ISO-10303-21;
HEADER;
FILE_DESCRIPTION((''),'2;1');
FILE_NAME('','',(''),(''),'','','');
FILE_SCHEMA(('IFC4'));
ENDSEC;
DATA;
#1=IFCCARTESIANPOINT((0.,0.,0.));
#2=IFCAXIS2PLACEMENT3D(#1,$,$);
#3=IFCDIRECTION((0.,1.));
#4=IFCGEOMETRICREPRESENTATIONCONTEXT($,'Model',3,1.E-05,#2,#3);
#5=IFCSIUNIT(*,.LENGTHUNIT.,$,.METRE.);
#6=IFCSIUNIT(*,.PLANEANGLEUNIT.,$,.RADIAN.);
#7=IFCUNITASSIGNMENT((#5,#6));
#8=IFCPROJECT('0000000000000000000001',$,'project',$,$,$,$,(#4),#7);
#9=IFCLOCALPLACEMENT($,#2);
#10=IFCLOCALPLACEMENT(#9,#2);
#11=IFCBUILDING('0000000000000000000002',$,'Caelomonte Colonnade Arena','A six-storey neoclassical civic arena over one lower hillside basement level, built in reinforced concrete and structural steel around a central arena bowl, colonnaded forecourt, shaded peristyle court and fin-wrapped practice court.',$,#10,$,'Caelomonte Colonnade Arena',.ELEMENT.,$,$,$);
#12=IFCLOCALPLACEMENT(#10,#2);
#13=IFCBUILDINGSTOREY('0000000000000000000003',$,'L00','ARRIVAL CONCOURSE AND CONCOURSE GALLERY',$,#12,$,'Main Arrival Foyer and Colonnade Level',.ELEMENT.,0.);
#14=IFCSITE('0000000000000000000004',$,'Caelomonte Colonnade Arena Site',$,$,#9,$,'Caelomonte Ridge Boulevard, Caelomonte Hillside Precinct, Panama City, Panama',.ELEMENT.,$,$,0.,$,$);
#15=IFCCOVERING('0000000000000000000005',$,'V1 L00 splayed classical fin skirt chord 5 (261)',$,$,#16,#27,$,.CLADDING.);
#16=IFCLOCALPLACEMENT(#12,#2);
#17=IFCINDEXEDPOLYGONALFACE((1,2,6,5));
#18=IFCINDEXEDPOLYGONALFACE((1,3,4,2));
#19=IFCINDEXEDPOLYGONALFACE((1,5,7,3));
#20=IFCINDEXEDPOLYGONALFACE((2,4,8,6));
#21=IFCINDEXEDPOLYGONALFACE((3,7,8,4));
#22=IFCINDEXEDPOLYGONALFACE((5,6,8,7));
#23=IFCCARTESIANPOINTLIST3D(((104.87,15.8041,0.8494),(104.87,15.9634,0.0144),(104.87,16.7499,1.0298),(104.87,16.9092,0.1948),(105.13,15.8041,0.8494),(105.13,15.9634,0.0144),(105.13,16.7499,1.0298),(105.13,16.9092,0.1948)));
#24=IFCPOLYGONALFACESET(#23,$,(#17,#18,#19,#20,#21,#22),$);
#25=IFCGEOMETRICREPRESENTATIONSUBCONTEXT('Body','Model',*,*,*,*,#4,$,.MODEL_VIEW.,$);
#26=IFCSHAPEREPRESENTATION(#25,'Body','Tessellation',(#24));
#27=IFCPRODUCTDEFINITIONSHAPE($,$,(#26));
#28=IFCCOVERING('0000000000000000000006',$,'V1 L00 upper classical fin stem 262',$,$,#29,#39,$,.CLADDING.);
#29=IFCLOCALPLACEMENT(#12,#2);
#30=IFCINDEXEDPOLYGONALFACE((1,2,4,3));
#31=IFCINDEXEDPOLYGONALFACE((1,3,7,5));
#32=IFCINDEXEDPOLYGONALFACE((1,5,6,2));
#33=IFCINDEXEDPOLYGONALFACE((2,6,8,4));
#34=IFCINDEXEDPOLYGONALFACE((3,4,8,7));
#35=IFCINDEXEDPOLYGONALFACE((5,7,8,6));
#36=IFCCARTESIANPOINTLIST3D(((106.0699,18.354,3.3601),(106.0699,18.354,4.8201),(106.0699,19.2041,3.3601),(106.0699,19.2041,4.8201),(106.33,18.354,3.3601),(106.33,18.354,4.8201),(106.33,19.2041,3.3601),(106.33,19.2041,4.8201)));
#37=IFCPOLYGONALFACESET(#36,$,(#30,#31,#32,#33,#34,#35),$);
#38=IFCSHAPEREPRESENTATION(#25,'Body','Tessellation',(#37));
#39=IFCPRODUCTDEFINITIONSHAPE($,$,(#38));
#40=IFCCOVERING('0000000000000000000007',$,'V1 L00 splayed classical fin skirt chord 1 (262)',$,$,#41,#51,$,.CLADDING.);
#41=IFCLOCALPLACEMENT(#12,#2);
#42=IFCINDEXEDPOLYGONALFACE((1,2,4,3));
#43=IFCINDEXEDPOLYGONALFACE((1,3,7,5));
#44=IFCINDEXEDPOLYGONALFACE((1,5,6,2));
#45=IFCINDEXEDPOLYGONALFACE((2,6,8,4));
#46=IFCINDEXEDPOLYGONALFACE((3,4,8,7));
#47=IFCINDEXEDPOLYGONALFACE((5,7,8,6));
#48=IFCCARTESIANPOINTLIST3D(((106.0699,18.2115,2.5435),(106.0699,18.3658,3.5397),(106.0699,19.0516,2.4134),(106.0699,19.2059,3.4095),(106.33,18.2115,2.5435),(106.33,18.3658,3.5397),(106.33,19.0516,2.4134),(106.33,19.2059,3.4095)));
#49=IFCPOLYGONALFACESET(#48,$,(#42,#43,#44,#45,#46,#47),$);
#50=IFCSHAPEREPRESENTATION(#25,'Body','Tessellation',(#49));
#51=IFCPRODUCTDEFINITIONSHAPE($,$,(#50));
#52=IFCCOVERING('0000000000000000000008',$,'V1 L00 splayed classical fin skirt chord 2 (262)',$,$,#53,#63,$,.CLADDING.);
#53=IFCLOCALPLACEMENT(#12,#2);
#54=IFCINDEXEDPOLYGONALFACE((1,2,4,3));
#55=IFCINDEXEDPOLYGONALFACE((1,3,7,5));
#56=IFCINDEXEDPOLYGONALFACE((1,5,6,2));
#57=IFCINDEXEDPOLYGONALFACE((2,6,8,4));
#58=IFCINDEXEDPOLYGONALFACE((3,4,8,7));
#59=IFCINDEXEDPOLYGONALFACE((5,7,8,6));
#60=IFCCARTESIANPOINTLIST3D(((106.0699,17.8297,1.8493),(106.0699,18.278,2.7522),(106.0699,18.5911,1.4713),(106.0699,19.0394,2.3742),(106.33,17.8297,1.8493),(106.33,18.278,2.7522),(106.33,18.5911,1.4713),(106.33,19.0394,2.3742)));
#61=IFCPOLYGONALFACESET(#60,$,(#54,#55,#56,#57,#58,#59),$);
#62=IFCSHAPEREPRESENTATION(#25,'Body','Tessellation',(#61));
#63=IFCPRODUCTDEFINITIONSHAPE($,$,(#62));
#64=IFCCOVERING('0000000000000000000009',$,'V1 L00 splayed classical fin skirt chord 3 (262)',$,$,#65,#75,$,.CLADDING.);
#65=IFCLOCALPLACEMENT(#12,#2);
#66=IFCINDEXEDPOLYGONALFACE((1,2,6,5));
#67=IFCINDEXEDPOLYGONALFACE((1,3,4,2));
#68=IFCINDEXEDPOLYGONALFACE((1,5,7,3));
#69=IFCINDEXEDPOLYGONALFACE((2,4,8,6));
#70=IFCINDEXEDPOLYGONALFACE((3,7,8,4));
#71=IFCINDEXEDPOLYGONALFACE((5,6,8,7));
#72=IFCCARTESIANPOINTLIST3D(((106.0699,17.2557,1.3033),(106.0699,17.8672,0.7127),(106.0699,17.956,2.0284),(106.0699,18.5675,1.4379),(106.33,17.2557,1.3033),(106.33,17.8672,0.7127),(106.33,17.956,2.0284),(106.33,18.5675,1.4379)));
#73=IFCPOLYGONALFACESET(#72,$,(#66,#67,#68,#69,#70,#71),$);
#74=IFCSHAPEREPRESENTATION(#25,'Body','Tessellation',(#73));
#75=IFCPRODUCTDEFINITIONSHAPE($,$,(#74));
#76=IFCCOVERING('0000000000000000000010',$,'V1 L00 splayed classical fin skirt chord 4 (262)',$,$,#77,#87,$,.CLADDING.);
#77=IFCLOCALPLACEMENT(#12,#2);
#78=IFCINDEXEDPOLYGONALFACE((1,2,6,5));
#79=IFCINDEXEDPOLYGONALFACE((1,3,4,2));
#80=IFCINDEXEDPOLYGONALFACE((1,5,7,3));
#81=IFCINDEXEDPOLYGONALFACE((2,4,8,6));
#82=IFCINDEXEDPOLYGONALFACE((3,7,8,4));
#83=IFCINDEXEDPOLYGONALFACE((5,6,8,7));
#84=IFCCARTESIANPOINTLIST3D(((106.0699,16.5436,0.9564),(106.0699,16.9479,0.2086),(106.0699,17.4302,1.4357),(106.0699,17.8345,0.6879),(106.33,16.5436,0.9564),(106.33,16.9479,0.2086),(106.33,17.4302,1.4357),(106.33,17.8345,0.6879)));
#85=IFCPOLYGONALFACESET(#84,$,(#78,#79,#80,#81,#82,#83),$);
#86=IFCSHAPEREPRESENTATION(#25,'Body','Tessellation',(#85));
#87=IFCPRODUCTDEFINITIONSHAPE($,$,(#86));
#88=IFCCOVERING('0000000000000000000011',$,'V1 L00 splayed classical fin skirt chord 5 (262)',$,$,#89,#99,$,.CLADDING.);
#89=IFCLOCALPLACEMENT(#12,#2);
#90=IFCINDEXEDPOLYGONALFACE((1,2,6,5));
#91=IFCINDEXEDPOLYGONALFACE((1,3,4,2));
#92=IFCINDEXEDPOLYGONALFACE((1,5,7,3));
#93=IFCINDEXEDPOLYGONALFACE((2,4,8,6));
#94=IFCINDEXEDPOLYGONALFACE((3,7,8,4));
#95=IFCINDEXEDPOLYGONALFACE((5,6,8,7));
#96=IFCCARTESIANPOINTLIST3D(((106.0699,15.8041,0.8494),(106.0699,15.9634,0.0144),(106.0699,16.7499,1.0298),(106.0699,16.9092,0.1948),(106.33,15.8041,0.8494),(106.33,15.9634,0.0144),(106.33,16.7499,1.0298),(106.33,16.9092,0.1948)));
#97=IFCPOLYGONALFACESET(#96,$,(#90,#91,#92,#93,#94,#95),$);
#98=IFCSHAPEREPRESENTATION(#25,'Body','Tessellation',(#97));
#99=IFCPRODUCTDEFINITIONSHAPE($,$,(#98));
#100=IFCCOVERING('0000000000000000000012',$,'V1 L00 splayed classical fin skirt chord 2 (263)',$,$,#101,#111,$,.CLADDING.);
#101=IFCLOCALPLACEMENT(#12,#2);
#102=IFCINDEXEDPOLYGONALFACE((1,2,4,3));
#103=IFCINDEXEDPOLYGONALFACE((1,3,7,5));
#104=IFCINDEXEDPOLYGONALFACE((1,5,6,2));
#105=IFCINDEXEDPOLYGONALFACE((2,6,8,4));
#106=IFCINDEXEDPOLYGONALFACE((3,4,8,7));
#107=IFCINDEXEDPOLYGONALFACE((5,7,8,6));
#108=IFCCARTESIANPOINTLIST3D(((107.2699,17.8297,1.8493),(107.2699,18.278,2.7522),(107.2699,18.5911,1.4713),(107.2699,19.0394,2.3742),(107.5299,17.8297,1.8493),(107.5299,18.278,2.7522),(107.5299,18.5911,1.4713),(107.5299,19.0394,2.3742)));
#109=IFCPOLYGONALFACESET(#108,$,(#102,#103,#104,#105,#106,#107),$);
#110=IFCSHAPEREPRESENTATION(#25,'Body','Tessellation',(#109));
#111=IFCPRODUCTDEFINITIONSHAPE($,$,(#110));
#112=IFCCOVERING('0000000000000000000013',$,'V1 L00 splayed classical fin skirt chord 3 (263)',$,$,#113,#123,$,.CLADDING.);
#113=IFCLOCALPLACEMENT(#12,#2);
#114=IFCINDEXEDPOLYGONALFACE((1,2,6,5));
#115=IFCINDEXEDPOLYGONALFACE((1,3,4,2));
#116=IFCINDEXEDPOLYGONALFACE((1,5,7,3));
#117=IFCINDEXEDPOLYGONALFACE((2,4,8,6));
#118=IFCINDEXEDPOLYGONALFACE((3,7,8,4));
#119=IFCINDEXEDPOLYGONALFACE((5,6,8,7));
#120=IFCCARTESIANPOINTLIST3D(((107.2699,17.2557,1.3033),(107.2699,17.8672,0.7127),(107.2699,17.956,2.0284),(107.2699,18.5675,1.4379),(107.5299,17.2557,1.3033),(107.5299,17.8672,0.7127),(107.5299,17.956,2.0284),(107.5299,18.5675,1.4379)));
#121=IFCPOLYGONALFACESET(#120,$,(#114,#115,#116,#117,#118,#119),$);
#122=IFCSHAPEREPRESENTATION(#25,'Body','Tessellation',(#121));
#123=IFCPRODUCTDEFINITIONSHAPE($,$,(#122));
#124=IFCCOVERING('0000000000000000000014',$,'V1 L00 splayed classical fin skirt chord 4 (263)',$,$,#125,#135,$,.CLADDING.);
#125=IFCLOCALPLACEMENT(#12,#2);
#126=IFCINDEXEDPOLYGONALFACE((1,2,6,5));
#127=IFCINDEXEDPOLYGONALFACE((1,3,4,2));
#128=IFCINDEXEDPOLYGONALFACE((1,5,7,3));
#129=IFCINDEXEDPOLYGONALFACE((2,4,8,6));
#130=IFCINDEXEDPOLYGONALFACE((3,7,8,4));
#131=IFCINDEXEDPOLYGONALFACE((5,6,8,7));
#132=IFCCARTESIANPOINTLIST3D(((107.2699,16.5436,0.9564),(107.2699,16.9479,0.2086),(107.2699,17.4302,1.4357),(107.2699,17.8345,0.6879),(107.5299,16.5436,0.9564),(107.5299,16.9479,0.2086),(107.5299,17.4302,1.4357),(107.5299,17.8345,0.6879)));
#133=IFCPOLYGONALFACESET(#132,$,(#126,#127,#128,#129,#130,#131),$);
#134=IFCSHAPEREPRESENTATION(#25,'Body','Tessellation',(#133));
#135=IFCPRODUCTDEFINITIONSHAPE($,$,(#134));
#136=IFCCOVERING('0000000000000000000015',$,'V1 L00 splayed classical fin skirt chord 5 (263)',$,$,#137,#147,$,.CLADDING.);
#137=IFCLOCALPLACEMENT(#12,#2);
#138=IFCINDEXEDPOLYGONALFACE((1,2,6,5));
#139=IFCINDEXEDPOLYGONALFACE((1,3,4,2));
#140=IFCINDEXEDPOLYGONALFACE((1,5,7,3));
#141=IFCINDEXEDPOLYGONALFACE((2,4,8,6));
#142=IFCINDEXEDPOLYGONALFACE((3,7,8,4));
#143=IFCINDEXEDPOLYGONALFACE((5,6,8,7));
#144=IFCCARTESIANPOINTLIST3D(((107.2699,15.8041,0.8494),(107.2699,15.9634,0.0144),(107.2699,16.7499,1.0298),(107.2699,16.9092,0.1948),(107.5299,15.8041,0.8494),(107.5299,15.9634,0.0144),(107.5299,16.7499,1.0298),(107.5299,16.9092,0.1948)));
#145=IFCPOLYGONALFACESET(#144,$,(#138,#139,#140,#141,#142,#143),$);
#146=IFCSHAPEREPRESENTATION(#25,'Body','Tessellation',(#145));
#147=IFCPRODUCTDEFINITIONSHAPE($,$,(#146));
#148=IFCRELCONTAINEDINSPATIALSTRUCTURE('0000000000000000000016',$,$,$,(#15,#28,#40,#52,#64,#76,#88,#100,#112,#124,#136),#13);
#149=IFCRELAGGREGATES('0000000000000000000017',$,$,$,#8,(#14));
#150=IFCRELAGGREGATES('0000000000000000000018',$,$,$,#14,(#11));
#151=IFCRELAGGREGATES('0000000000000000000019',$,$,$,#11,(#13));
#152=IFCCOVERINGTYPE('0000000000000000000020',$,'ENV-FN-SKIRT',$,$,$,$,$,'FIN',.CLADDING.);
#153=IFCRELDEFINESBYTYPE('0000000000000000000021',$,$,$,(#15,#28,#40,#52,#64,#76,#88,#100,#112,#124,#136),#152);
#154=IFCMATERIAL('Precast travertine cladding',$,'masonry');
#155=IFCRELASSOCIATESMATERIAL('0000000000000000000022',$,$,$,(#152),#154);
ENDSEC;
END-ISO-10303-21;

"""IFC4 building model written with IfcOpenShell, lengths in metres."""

from ifc_helpers import new_model, si_unit, direction, frame, origin, origin_2d, place, context, subcontext, project, spatial, rectangle, extrude, material, material_profile, profile_set, type_object, element, save


model = new_model("IFC4")

# Units and contexts
model_context = context("Model", 3, precision=1e-05, world=origin(), true_north=direction((0.0, 1.0)))
body_context = subcontext(model_context, "Body", "Model", "MODEL_VIEW")
ifc_project = project(units=[si_unit("LENGTHUNIT", "METRE"), si_unit("PLANEANGLEUNIT", "RADIAN")], contexts=[model_context])

# Site, building, storey
site_placement = place(None, origin())
site = spatial("IfcSite", under=ifc_project, at=site_placement, Name="Caelomonte Colonnade Arena Site", LongName="Caelomonte Ridge Boulevard, Caelomonte Hillside Precinct, Panama City, Panama", CompositionType="ELEMENT", RefElevation=0.0)
building_placement = place(site_placement, origin())
building = spatial("IfcBuilding", under=site, at=building_placement, Name="Caelomonte Colonnade Arena", Description="A six-storey neoclassical civic arena over one lower hillside basement level, built in reinforced concrete and structural steel around a central arena bowl, colonnaded forecourt, shaded peristyle court and fin-wrapped practice court.", LongName="Caelomonte Colonnade Arena", CompositionType="ELEMENT")
storey_placement = place(building_placement, origin())
storey = spatial("IfcBuildingStorey", under=building, at=storey_placement, Name="L00", Description="ARRIVAL CONCOURSE AND CONCOURSE GALLERY", LongName="Main Arrival Foyer and Colonnade Level", CompositionType="ELEMENT", Elevation=0.0)

# Coverings
ifc_material = material(Name="Precast travertine cladding", Category="masonry")
ifc_material_profile = material_profile(ifc_material, rectangle(XDim=0.26, YDim=0.8501, at=origin_2d()), Name="FIN260X850")
ifc_profile_set = profile_set([ifc_material_profile], Name="Precast travertine cladding")
covering_type = type_object("IfcCoveringType", Name="ENV-FN-SKIRT", ElementType="FIN", PredefinedType="CLADDING", material=ifc_profile_set)
covering_1_placement = place(storey_placement, frame((105.0, 16.8296, 0.6123), z_axis=(0.0, -0.982287, -0.18738), x_axis=(-1.0, 0.0, 0.0)))
element("IfcCovering", 1, at=covering_1_placement, inside=storey, type_object=covering_type, Name="V1 L00 splayed classical fin skirt chord 5 (261)", PredefinedType="CLADDING", context=body_context, shape_type="SweptSolid", body=[
    extrude(rectangle(XDim=0.26, YDim=0.8501, at=origin_2d()), origin(), (0.0, 0.0, 1.0), 0.9629),
])
covering_2_placement = place(storey_placement, frame((106.2, 18.7791, 3.3601), z_axis=(0.0, 0.0, 1.0), x_axis=(-1.0, 0.0, 0.0)))
element("IfcCovering", 2, at=covering_2_placement, inside=storey, type_object=covering_type, Name="V1 L00 upper classical fin stem 262", PredefinedType="CLADDING", context=body_context, shape_type="SweptSolid", body=[
    extrude(rectangle(XDim=0.26, YDim=0.8501, at=origin_2d()), origin(), (0.0, 0.0, 1.0), 1.46),
])
for number, where, z_axis, x_axis, name in (
    (3, (106.2, 18.7859, 3.4746), (0.0, -0.153076, -0.988214), (-1.0, 0.0, 0.0), "V1 L00 splayed classical fin skirt chord 1 (262)"),
    (4, (106.2, 18.6587, 2.5632), (0.0, -0.444693, -0.895683), (-1.0, 0.0, 0.0), "V1 L00 splayed classical fin skirt chord 2 (262)"),
    (5, (106.2, 18.2617, 1.7332), (0.0, -0.694646, -0.719351), (-1.0, 0.0, 0.0), "V1 L00 splayed classical fin skirt chord 3 (262)"),
):
    element("IfcCovering", number, at=place(storey_placement, frame(where, z_axis=z_axis, x_axis=x_axis)), inside=storey, type_object=covering_type, Name=name, PredefinedType="CLADDING", context=body_context, shape_type="SweptSolid", body=[
        extrude(rectangle(XDim=0.26, YDim=0.8501, at=origin_2d()), origin(), (0.0, 0.0, 1.0), 1.0081),
    ])
covering_3_placement = place(storey_placement, frame((106.2, 17.6323, 1.0618), z_axis=(0.0, -0.879676, -0.475573), x_axis=(-1.0, 0.0, 0.0)))
element("IfcCovering", 6, at=covering_3_placement, inside=storey, type_object=covering_type, Name="V1 L00 splayed classical fin skirt chord 4 (262)", PredefinedType="CLADDING", context=body_context, shape_type="SweptSolid", body=[
    extrude(rectangle(XDim=0.26, YDim=0.8501, at=origin_2d()), origin(), (0.0, 0.0, 1.0), 1.0078),
])
covering_4_placement = place(storey_placement, frame((106.2, 16.8296, 0.6123), z_axis=(0.0, -0.982287, -0.18738), x_axis=(-1.0, 0.0, 0.0)))
element("IfcCovering", 7, at=covering_4_placement, inside=storey, type_object=covering_type, Name="V1 L00 splayed classical fin skirt chord 5 (262)", PredefinedType="CLADDING", context=body_context, shape_type="SweptSolid", body=[
    extrude(rectangle(XDim=0.26, YDim=0.8501, at=origin_2d()), origin(), (0.0, 0.0, 1.0), 0.9629),
])
for number, where, z_axis, x_axis, name in (
    (8, (107.3999, 18.6587, 2.5632), (0.0, -0.444693, -0.895683), (-1.0, 0.0, 0.0), "V1 L00 splayed classical fin skirt chord 2 (263)"),
    (9, (107.3999, 18.2617, 1.7332), (0.0, -0.694646, -0.719351), (-1.0, 0.0, 0.0), "V1 L00 splayed classical fin skirt chord 3 (263)"),
):
    element("IfcCovering", number, at=place(storey_placement, frame(where, z_axis=z_axis, x_axis=x_axis)), inside=storey, type_object=covering_type, Name=name, PredefinedType="CLADDING", context=body_context, shape_type="SweptSolid", body=[
        extrude(rectangle(XDim=0.26, YDim=0.8501, at=origin_2d()), origin(), (0.0, 0.0, 1.0), 1.0081),
    ])
covering_5_placement = place(storey_placement, frame((107.3999, 17.6323, 1.0618), z_axis=(0.0, -0.879676, -0.475573), x_axis=(-1.0, 0.0, 0.0)))
element("IfcCovering", 10, at=covering_5_placement, inside=storey, type_object=covering_type, Name="V1 L00 splayed classical fin skirt chord 4 (263)", PredefinedType="CLADDING", context=body_context, shape_type="SweptSolid", body=[
    extrude(rectangle(XDim=0.26, YDim=0.8501, at=origin_2d()), origin(), (0.0, 0.0, 1.0), 1.0078),
])
covering_6_placement = place(storey_placement, frame((107.3999, 16.8296, 0.6123), z_axis=(0.0, -0.982287, -0.18738), x_axis=(-1.0, 0.0, 0.0)))
element("IfcCovering", 11, at=covering_6_placement, inside=storey, type_object=covering_type, Name="V1 L00 splayed classical fin skirt chord 5 (263)", PredefinedType="CLADDING", context=body_context, shape_type="SweptSolid", body=[
    extrude(rectangle(XDim=0.26, YDim=0.8501, at=origin_2d()), origin(), (0.0, 0.0, 1.0), 0.9629),
])

save(model, "model.ifc")
